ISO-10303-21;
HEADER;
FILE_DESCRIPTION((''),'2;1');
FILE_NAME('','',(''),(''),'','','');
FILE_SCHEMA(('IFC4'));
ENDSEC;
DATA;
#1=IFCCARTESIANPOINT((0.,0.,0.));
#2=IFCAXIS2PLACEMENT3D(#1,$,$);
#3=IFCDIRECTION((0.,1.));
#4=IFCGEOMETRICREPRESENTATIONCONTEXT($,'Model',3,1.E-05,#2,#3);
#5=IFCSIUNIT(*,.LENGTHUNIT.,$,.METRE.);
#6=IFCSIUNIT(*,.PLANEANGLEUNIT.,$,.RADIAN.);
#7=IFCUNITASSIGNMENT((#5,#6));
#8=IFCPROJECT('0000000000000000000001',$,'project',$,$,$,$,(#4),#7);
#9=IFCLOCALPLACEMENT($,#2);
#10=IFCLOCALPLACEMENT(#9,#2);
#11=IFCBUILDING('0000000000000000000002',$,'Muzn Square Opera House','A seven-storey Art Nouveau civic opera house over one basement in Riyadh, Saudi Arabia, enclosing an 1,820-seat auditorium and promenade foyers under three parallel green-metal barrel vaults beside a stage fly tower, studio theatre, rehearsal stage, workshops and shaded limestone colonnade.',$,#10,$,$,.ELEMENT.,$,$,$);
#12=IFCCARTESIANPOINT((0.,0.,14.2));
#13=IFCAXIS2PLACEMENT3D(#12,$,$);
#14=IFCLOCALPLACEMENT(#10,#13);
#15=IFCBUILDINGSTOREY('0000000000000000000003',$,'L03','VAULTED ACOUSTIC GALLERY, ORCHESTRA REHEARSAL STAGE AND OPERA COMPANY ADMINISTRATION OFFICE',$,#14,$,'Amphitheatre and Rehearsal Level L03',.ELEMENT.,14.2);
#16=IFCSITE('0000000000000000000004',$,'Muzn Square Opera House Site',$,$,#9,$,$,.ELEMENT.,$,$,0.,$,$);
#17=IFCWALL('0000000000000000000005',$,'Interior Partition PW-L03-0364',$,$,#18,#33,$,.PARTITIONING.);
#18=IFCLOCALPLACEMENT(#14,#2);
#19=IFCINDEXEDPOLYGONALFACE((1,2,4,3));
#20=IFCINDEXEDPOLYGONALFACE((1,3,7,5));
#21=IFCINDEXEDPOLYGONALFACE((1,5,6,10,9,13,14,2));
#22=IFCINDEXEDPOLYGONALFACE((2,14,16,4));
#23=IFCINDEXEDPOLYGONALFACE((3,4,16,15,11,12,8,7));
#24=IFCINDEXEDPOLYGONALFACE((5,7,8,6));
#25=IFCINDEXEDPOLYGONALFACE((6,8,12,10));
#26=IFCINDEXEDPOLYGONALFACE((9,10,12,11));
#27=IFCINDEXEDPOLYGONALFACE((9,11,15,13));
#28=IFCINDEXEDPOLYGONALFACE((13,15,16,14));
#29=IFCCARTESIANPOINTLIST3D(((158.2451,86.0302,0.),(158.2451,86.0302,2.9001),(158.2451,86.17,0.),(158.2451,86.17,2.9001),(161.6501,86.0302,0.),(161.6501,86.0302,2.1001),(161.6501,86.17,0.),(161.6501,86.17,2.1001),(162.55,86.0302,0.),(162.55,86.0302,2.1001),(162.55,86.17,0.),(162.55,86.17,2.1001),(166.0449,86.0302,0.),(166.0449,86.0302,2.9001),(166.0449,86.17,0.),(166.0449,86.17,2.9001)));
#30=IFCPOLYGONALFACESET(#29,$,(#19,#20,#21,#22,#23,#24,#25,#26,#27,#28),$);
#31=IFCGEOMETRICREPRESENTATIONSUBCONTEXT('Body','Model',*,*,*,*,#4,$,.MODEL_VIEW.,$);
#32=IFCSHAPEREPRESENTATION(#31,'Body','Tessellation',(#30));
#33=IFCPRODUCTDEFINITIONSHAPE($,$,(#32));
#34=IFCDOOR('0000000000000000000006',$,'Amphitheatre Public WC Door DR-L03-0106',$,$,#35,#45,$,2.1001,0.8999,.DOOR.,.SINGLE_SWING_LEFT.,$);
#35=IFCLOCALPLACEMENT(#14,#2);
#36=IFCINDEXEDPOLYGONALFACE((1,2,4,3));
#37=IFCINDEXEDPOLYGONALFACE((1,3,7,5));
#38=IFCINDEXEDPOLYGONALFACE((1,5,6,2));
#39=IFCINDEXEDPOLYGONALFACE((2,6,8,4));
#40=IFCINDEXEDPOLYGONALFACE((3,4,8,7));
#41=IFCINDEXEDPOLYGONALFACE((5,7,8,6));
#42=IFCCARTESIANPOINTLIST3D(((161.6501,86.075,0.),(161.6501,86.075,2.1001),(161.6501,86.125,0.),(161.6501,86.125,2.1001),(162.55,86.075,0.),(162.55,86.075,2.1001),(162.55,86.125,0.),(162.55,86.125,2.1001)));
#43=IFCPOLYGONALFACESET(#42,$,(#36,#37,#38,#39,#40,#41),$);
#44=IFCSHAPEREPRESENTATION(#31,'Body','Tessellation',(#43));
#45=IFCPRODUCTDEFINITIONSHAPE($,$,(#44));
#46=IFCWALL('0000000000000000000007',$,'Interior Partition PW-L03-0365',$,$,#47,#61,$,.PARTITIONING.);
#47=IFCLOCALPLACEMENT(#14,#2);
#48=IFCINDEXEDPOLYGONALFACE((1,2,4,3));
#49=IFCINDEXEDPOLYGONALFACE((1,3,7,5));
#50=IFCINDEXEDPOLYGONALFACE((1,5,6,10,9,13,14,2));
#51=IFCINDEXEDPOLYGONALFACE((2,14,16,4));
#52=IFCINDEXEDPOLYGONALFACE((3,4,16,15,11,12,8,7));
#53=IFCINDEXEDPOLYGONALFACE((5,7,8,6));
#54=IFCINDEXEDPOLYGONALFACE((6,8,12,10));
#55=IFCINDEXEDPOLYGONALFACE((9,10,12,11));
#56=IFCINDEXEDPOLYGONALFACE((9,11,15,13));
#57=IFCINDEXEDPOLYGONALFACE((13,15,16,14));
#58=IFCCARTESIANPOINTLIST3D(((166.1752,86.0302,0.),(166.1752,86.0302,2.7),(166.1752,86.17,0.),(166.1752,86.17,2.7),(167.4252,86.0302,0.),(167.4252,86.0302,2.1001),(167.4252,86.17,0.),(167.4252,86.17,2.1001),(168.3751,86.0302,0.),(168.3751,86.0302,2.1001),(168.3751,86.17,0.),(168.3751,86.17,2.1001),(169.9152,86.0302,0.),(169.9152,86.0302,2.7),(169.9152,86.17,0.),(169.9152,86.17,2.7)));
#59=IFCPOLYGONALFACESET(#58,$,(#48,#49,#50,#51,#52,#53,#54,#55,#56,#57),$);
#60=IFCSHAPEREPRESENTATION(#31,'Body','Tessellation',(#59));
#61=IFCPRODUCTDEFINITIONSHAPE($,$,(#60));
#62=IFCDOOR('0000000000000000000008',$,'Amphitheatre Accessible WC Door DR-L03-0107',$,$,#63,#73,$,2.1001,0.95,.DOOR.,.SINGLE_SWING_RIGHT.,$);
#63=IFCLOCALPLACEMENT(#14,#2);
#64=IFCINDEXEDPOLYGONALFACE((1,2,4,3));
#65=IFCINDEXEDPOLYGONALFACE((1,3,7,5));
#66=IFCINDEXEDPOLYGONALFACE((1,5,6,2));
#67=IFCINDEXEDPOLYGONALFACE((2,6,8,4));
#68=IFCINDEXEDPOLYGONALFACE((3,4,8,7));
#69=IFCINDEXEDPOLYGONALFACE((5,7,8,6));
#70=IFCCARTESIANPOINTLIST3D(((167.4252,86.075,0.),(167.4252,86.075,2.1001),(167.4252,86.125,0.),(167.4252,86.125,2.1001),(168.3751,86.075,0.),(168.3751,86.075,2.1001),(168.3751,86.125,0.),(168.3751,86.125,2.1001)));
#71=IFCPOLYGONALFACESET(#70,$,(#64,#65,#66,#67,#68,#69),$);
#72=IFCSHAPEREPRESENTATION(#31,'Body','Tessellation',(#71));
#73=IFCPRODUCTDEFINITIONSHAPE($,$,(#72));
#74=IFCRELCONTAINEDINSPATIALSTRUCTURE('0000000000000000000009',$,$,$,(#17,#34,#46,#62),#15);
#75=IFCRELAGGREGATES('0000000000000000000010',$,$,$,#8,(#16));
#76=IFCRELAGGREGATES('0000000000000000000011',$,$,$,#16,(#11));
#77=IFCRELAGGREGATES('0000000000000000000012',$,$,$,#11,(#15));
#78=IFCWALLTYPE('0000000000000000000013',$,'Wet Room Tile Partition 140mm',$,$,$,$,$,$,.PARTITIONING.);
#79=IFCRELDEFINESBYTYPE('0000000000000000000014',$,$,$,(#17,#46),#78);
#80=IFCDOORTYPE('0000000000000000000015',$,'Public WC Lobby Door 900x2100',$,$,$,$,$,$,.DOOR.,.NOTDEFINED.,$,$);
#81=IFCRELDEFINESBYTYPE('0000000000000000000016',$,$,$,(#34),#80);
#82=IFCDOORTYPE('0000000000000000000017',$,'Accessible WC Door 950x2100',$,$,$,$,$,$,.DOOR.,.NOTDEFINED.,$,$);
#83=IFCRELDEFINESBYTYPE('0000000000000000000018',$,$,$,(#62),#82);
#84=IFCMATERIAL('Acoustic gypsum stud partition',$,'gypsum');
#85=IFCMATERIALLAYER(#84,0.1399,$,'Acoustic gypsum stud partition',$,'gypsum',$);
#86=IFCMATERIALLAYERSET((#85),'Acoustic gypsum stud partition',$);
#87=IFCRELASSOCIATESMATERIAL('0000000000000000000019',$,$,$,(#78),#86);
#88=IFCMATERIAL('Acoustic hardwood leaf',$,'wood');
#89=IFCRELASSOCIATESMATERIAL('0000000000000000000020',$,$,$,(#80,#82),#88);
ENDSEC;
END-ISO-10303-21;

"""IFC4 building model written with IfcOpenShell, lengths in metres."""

from ifc_helpers import new_model, si_unit, direction, frame, frame_2d, origin, place, context, subcontext, project, spatial, rectangle, extrude, material, layer, layer_set, type_object, element, fill, save


model = new_model("IFC4")

# Units and contexts
model_context = context("Model", 3, precision=1e-05, world=origin(), true_north=direction((0.0, 1.0)))
body_context = subcontext(model_context, "Body", "Model", "MODEL_VIEW")
ifc_project = project(units=[si_unit("LENGTHUNIT", "METRE"), si_unit("PLANEANGLEUNIT", "RADIAN")], contexts=[model_context])

# Site, building, storey
site_placement = place(None, origin())
site = spatial("IfcSite", under=ifc_project, at=site_placement, Name="Muzn Square Opera House Site", CompositionType="ELEMENT", RefElevation=0.0)
building_placement = place(site_placement, origin())
building = spatial("IfcBuilding", under=site, at=building_placement, Name="Muzn Square Opera House", Description="A seven-storey Art Nouveau civic opera house over one basement in Riyadh, Saudi Arabia, enclosing an 1,820-seat auditorium and promenade foyers under three parallel green-metal barrel vaults beside a stage fly tower, studio theatre, rehearsal stage, workshops and shaded limestone colonnade.", CompositionType="ELEMENT")
storey_placement = place(building_placement, frame((0.0, 0.0, 14.2)))
storey = spatial("IfcBuildingStorey", under=building, at=storey_placement, Name="L03", Description="VAULTED ACOUSTIC GALLERY, ORCHESTRA REHEARSAL STAGE AND OPERA COMPANY ADMINISTRATION OFFICE", LongName="Amphitheatre and Rehearsal Level L03", CompositionType="ELEMENT", Elevation=14.2)

# Shared definitions
ifc_material_1 = material(Name="Acoustic gypsum stud partition", Category="gypsum")

# Walls, openings, doors
ifc_layer_1 = layer(ifc_material_1, 0.1399, Name="Acoustic gypsum stud partition", Category="gypsum")
ifc_layer_set_1 = layer_set([ifc_layer_1], Name="Acoustic gypsum stud partition")
wall_type_1 = type_object("IfcWallType", Name="Wet Room Tile Partition 140mm", PredefinedType="PARTITIONING", material=ifc_layer_set_1)
wall_1_placement = place(storey_placement, frame((158.2451, 86.1001, 0.0), z_axis=(0.0, 0.0, 1.0), x_axis=(1.0, 0.0, 0.0)))
wall_1 = element("IfcWall", 1, at=wall_1_placement, inside=storey, type_object=wall_type_1, Name="Interior Partition PW-L03-0364", PredefinedType="PARTITIONING", context=body_context, shape_type="SweptSolid", body=[
    extrude(rectangle(XDim=7.7998, YDim=0.1399, at=frame_2d((3.8999, 0.0))), origin(), (0.0, 0.0, 1.0), 2.9001),
])
opening_1_placement = place(wall_1_placement, frame((3.405, 0.0, 0.0)))
opening_1 = element("IfcOpeningElement", 2, at=opening_1_placement, cuts=wall_1, PredefinedType="OPENING", context=body_context, shape_type="SweptSolid", body=[
    extrude(rectangle(XDim=0.8999, YDim=2.1001, at=frame_2d((0.45, 1.05))), frame((0.0, 0.0798, 0.0), z_axis=(0.0, -1.0, 0.0), x_axis=(1.0, 0.0, 0.0)), (0.0, 0.0, 1.0), 0.1599),
])
ifc_material_2 = material(Name="Acoustic hardwood leaf", Category="wood")
door_type_1 = type_object("IfcDoorType", Name="Public WC Lobby Door 900x2100", OperationType="NOTDEFINED", PredefinedType="DOOR", material=ifc_material_2)
door_1_placement = place(opening_1_placement, origin())
door_1 = element("IfcDoor", 3, at=door_1_placement, inside=storey, type_object=door_type_1, Name="Amphitheatre Public WC Door DR-L03-0106", OperationType="SINGLE_SWING_LEFT", OverallHeight=2.1001, OverallWidth=0.8999, PredefinedType="DOOR", context=body_context, shape_type="SweptSolid", body=[
    extrude(rectangle(XDim=0.8999, YDim=2.1001, at=frame_2d((0.45, 1.05))), frame((0.0, 0.0249, 0.0), z_axis=(0.0, -1.0, 0.0), x_axis=(1.0, 0.0, 0.0)), (0.0, 0.0, 1.0), 0.05),
])
fill(opening_1, door_1)
wall_2_placement = place(storey_placement, frame((166.175, 86.1001, 0.0), z_axis=(0.0, 0.0, 1.0), x_axis=(1.0, 0.0, 0.0)))
wall_2 = element("IfcWall", 4, at=wall_2_placement, inside=storey, type_object=wall_type_1, Name="Interior Partition PW-L03-0365", PredefinedType="PARTITIONING", context=body_context, shape_type="SweptSolid", body=[
    extrude(rectangle(XDim=3.74, YDim=0.1399, at=frame_2d((1.8701, 0.0))), origin(), (0.0, 0.0, 1.0), 2.7),
])
opening_2_placement = place(wall_2_placement, frame((1.25, 0.0, 0.0)))
opening_2 = element("IfcOpeningElement", 5, at=opening_2_placement, cuts=wall_2, PredefinedType="OPENING", context=body_context, shape_type="SweptSolid", body=[
    extrude(rectangle(XDim=0.95, YDim=2.1001, at=frame_2d((0.4751, 1.05))), frame((0.0, 0.0798, 0.0), z_axis=(0.0, -1.0, 0.0), x_axis=(1.0, 0.0, 0.0)), (0.0, 0.0, 1.0), 0.1599),
])
door_type_2 = type_object("IfcDoorType", Name="Accessible WC Door 950x2100", OperationType="NOTDEFINED", PredefinedType="DOOR", material=ifc_material_2)
door_2_placement = place(opening_2_placement, origin())
door_2 = element("IfcDoor", 6, at=door_2_placement, inside=storey, type_object=door_type_2, Name="Amphitheatre Accessible WC Door DR-L03-0107", OperationType="SINGLE_SWING_RIGHT", OverallHeight=2.1001, OverallWidth=0.95, PredefinedType="DOOR", context=body_context, shape_type="SweptSolid", body=[
    extrude(rectangle(XDim=0.95, YDim=2.1001, at=frame_2d((0.4751, 1.05))), frame((0.0, 0.0249, 0.0), z_axis=(0.0, -1.0, 0.0), x_axis=(1.0, 0.0, 0.0)), (0.0, 0.0, 1.0), 0.05),
])
fill(opening_2, door_2)

save(model, "model.ifc")
